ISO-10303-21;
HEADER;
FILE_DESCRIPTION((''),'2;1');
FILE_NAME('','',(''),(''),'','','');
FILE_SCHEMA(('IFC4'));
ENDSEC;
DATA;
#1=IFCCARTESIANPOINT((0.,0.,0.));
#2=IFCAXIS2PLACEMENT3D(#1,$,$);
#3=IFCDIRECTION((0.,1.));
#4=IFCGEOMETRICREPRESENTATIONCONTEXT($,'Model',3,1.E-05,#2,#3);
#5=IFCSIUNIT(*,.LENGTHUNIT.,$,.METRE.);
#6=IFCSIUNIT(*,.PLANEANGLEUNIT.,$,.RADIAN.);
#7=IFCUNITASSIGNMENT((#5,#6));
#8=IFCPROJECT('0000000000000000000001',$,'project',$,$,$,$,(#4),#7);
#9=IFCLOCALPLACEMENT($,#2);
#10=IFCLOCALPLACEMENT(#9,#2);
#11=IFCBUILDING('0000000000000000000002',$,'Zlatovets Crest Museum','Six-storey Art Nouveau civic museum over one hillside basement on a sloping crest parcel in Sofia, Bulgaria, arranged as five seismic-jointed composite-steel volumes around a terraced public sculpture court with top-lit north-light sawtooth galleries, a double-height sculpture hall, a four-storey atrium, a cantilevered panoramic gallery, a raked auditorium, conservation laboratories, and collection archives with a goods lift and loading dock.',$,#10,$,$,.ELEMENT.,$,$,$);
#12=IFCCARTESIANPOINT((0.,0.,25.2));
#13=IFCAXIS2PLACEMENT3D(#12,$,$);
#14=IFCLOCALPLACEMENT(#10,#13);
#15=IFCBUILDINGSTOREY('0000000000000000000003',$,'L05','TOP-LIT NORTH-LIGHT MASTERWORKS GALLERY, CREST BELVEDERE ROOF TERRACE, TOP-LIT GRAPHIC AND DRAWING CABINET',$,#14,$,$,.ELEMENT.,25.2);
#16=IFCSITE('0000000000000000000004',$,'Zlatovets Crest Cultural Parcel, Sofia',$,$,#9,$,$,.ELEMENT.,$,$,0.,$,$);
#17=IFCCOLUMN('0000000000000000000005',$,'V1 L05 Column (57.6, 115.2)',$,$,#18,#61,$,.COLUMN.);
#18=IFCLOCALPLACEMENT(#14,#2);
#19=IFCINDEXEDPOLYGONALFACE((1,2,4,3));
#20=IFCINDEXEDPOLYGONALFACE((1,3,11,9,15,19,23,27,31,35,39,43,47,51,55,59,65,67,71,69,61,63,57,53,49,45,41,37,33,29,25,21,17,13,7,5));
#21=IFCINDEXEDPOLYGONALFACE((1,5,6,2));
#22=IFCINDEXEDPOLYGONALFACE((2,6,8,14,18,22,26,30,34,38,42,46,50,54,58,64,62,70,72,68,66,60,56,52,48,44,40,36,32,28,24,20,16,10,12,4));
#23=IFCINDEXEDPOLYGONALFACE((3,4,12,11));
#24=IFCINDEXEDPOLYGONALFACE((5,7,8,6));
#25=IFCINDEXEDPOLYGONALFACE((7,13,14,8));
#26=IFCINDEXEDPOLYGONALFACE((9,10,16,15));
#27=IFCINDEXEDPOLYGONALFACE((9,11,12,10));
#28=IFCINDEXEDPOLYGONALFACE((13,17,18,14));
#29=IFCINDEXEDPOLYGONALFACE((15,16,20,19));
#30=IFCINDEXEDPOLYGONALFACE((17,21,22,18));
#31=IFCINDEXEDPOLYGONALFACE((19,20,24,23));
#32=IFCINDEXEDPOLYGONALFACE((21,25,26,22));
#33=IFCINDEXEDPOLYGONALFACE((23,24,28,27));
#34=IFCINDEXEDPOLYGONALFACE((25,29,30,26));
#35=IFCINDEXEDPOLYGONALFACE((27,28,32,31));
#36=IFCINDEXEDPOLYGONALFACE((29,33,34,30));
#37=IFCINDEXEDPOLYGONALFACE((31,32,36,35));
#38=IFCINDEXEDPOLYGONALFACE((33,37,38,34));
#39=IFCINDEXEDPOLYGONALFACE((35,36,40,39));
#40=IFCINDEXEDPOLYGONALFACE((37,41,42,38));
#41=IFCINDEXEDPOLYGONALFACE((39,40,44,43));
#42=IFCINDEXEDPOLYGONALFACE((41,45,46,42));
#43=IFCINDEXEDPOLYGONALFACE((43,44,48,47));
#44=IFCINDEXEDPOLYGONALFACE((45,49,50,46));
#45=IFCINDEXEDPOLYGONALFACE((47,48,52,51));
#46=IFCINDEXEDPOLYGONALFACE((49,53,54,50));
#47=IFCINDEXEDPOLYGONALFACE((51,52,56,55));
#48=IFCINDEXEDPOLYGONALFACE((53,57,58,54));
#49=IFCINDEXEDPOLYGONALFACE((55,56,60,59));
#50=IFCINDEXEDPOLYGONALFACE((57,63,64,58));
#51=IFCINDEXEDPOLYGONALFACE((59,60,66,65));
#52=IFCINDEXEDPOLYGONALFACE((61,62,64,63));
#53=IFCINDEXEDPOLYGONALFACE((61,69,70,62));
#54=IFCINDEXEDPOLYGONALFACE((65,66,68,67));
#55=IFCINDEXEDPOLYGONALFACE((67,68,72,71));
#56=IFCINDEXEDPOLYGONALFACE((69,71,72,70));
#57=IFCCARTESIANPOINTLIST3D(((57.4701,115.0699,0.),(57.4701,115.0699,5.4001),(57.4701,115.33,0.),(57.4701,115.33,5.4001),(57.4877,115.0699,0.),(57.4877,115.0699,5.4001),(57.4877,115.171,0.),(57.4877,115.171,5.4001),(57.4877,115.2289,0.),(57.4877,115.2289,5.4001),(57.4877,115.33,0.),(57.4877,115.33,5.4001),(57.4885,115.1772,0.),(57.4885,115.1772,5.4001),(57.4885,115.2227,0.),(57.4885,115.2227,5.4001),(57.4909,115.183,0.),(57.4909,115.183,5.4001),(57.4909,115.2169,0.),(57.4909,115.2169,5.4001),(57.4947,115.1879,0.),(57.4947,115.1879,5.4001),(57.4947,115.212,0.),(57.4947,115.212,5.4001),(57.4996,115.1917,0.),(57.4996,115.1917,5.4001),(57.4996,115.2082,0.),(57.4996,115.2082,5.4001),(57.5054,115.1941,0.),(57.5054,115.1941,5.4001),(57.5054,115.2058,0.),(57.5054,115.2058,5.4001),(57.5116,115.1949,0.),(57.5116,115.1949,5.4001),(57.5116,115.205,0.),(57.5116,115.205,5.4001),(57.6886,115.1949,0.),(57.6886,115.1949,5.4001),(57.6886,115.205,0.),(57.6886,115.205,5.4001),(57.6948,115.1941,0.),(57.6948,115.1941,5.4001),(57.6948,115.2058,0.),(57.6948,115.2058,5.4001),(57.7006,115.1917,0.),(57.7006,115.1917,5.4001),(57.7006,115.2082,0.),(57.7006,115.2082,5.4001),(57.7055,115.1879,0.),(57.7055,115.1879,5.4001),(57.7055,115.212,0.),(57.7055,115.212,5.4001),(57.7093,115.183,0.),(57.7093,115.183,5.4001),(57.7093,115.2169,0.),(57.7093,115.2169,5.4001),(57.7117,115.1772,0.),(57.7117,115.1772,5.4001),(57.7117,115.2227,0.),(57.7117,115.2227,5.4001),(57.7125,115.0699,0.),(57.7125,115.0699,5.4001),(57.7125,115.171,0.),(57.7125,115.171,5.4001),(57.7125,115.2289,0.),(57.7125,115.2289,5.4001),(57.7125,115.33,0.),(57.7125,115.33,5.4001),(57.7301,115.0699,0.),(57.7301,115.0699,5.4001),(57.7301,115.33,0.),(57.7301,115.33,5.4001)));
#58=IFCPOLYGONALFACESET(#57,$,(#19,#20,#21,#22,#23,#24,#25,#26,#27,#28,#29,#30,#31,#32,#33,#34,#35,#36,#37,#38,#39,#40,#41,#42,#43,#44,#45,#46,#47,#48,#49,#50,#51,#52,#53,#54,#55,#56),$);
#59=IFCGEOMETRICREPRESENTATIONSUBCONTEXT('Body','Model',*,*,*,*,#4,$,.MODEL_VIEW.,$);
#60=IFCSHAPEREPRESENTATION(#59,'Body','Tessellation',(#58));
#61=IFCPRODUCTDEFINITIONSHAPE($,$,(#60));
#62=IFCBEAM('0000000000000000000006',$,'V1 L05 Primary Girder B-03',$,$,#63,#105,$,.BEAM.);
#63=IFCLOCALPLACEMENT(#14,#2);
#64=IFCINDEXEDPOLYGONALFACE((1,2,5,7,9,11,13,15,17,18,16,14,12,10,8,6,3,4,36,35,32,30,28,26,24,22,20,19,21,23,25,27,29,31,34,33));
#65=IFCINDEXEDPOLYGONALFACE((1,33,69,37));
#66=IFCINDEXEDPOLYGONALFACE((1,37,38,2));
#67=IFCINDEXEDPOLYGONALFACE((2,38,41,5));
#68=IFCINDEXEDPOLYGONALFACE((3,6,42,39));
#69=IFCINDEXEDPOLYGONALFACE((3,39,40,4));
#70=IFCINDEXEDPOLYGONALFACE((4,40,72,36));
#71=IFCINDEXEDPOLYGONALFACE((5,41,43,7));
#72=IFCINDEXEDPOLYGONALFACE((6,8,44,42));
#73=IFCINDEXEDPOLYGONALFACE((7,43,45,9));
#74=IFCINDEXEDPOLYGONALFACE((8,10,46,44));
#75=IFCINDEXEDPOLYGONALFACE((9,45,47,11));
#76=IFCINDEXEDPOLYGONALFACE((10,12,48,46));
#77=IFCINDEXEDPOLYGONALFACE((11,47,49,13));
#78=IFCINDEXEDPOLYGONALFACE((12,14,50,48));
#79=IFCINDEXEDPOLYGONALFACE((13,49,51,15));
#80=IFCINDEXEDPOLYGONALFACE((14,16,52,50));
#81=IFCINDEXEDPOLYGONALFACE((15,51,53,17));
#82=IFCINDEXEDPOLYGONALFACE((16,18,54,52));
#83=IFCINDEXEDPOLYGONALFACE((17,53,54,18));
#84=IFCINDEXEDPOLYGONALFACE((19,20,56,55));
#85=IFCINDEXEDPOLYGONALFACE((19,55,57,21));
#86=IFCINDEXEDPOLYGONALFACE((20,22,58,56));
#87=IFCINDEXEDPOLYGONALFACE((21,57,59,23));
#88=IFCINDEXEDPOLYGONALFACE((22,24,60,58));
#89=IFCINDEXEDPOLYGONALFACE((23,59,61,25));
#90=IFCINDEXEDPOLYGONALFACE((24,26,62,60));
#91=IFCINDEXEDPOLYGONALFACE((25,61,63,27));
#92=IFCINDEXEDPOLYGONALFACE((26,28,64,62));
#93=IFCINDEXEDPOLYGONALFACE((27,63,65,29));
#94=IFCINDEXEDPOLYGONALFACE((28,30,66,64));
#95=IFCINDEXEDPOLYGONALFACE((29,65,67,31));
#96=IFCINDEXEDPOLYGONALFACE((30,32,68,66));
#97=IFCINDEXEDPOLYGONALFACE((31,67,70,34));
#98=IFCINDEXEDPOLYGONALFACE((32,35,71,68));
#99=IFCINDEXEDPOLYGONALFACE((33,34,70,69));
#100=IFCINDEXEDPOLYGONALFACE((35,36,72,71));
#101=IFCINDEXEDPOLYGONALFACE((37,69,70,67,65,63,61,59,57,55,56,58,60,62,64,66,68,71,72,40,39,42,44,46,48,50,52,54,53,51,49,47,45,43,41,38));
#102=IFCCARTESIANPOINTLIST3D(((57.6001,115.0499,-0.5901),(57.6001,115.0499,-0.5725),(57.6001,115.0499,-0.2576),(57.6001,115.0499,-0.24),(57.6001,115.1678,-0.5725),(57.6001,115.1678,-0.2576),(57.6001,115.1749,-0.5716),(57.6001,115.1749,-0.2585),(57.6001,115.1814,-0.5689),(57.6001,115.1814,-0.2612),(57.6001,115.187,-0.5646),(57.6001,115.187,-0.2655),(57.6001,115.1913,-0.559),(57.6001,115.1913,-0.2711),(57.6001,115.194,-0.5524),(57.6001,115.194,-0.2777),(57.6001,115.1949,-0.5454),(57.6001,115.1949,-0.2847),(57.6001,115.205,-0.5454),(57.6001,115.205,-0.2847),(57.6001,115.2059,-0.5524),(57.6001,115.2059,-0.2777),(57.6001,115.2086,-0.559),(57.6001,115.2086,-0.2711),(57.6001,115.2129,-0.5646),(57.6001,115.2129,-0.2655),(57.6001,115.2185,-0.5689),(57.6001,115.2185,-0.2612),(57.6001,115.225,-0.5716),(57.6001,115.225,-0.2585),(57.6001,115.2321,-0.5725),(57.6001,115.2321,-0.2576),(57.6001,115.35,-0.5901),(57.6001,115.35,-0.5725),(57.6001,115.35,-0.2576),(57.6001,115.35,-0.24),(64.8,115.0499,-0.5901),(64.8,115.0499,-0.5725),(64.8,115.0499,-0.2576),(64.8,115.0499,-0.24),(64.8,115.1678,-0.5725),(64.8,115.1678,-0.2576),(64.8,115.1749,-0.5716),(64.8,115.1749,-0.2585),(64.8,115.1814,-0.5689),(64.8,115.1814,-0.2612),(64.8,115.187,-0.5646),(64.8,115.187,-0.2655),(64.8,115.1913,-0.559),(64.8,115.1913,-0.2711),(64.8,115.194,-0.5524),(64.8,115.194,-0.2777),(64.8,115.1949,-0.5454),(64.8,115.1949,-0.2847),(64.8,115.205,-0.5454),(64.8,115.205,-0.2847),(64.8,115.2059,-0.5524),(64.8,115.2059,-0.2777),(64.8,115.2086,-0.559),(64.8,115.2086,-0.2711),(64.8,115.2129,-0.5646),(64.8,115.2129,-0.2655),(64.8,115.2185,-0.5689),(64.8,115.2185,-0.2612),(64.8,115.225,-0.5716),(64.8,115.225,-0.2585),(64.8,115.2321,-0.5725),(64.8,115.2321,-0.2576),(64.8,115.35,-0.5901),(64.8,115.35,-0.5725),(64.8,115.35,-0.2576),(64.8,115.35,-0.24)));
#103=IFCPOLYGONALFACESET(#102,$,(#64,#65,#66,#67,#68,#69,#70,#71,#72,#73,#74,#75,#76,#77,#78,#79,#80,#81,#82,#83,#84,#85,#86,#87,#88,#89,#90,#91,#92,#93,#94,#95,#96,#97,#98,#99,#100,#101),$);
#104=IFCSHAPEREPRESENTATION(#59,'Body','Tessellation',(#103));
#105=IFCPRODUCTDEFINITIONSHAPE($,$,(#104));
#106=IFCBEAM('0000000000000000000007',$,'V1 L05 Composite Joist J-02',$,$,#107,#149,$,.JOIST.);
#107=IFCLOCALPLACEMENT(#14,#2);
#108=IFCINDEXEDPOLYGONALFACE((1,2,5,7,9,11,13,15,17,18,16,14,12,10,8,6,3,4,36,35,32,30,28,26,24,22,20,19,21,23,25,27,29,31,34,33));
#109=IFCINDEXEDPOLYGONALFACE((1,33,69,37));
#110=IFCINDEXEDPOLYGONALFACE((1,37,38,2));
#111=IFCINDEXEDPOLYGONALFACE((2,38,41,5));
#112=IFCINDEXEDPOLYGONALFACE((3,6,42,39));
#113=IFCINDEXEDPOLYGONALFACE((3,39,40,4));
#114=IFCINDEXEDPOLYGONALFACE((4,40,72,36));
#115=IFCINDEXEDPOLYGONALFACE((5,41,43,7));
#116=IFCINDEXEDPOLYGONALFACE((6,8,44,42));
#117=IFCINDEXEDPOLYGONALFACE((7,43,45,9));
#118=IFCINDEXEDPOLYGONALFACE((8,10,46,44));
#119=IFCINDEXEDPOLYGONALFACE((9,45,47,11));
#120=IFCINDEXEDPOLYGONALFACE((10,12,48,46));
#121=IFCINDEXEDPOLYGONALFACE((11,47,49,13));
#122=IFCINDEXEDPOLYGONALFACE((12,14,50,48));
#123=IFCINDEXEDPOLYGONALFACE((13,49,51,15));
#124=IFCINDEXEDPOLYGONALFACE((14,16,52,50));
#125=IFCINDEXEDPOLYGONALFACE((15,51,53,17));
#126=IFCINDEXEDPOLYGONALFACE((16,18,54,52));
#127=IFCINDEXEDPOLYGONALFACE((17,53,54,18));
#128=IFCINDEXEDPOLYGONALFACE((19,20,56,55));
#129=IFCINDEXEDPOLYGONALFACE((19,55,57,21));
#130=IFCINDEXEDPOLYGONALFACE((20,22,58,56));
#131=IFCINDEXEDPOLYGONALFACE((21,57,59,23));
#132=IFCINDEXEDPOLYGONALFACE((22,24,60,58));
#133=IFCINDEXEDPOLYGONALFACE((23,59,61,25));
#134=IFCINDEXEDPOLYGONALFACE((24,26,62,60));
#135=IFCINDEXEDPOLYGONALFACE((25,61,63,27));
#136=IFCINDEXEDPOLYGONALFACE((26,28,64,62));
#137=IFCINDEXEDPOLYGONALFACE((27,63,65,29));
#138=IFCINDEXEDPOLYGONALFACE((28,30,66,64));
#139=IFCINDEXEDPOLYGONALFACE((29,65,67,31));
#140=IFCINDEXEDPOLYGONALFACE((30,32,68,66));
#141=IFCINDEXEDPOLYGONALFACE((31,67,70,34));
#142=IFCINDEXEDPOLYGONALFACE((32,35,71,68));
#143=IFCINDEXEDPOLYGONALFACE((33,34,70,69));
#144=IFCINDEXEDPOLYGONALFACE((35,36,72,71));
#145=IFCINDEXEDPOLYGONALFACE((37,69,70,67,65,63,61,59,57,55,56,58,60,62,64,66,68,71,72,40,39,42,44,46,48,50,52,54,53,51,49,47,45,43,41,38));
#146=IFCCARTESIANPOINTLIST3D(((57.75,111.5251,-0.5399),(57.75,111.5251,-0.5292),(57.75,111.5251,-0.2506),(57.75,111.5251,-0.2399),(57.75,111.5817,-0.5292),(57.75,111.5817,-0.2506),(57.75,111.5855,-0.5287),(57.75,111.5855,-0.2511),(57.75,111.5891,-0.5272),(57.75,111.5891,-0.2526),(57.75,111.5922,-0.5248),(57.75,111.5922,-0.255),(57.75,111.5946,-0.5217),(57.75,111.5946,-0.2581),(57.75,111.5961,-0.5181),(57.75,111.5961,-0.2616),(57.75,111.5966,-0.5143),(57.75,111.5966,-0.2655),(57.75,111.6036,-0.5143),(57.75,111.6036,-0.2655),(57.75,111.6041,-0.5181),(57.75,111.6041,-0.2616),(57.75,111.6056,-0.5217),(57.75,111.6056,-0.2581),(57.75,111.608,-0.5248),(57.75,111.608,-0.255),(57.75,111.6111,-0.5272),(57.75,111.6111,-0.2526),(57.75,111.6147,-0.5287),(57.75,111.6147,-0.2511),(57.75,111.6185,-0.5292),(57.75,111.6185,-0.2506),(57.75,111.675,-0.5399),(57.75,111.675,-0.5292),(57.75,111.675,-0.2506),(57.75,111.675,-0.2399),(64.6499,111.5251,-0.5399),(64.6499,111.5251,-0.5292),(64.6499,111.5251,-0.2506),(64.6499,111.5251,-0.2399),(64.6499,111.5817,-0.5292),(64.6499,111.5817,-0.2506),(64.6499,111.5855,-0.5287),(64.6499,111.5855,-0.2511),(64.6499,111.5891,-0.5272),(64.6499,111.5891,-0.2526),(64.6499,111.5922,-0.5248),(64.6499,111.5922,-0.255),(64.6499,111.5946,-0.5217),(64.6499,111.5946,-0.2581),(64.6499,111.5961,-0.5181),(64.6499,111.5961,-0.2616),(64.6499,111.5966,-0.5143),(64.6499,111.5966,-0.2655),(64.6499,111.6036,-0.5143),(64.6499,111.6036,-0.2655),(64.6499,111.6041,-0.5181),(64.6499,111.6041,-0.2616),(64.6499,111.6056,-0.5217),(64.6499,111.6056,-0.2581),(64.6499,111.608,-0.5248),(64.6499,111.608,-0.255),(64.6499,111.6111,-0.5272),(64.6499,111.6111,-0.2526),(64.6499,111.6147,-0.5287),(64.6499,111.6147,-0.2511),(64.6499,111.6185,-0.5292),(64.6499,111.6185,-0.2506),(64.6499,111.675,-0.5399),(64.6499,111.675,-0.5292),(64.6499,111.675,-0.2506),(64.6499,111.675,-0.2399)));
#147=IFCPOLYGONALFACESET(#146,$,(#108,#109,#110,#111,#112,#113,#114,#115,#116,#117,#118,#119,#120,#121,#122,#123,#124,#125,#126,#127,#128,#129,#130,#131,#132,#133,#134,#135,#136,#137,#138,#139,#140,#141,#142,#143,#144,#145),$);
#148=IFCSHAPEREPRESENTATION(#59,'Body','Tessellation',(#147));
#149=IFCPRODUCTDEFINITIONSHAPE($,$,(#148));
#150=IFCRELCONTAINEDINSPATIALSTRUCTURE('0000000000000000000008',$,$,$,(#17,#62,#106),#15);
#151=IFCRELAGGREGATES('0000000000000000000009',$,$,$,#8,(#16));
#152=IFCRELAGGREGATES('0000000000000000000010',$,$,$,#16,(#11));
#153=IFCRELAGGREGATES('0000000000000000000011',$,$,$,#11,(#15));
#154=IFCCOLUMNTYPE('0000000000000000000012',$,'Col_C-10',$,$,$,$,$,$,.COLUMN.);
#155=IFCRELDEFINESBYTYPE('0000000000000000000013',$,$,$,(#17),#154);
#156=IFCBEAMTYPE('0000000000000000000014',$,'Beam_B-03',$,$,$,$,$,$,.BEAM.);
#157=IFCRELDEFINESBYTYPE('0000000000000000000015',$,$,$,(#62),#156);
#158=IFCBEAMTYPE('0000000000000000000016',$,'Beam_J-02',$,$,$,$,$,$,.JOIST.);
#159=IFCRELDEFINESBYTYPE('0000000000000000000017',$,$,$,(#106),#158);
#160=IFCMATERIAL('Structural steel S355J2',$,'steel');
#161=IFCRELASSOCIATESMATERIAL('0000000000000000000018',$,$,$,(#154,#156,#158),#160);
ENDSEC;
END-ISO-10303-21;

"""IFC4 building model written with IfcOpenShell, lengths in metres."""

from ifc_helpers import new_model, si_unit, direction, frame, origin, origin_2d, place, context, subcontext, project, spatial, i_section, extrude, material, material_profile, profile_set, type_object, element, save


model = new_model("IFC4")

# Units and contexts
model_context = context("Model", 3, precision=1e-05, world=origin(), true_north=direction((0.0, 1.0)))
body_context = subcontext(model_context, "Body", "Model", "MODEL_VIEW")
ifc_project = project(units=[si_unit("LENGTHUNIT", "METRE"), si_unit("PLANEANGLEUNIT", "RADIAN")], contexts=[model_context])

# Site, building, storey
site_placement = place(None, origin())
site = spatial("IfcSite", under=ifc_project, at=site_placement, Name="Zlatovets Crest Cultural Parcel, Sofia", CompositionType="ELEMENT", RefElevation=0.0)
building_placement = place(site_placement, origin())
building = spatial("IfcBuilding", under=site, at=building_placement, Name="Zlatovets Crest Museum", Description="Six-storey Art Nouveau civic museum over one hillside basement on a sloping crest parcel in Sofia, Bulgaria, arranged as five seismic-jointed composite-steel volumes around a terraced public sculpture court with top-lit north-light sawtooth galleries, a double-height sculpture hall, a four-storey atrium, a cantilevered panoramic gallery, a raked auditorium, conservation laboratories, and collection archives with a goods lift and loading dock.", CompositionType="ELEMENT")
storey_placement = place(building_placement, frame((0.0, 0.0, 25.2)))
storey = spatial("IfcBuildingStorey", under=building, at=storey_placement, Name="L05", Description="TOP-LIT NORTH-LIGHT MASTERWORKS GALLERY, CREST BELVEDERE ROOF TERRACE, TOP-LIT GRAPHIC AND DRAWING CABINET", CompositionType="ELEMENT", Elevation=25.2)

# Column
ifc_material_1 = material(Name="Structural steel S355J2", Category="steel")
ifc_material_profile_1 = material_profile(ifc_material_1, i_section(OverallWidth=0.26, OverallDepth=0.26, WebThickness=0.01, FlangeThickness=0.0176, FilletRadius=0.0239, at=origin_2d()), Name="HEB 260")
ifc_profile_set_1 = profile_set([ifc_material_profile_1], Name="Structural steel S355J2")
column_type = type_object("IfcColumnType", Name="Col_C-10", PredefinedType="COLUMN", material=ifc_profile_set_1)
column_placement = place(storey_placement, frame((57.6001, 115.2, 0.0), z_axis=(0.0, 0.0, 1.0), x_axis=(0.0, 1.0, 0.0)))
element("IfcColumn", 1, at=column_placement, inside=storey, type_object=column_type, Name="V1 L05 Column (57.6, 115.2)", PredefinedType="COLUMN", context=body_context, shape_type="SweptSolid", body=[
    extrude(i_section(OverallWidth=0.26, OverallDepth=0.26, WebThickness=0.01, FlangeThickness=0.0176, FilletRadius=0.0239, at=origin_2d()), origin(), (0.0, 0.0, 1.0), 5.4001),
])

# Beams
ifc_material_profile_2 = material_profile(ifc_material_1, i_section(OverallWidth=0.3, OverallDepth=0.3501, WebThickness=0.01, FlangeThickness=0.0176, FilletRadius=0.0271, at=origin_2d()), Name="HEA 360")
ifc_profile_set_2 = profile_set([ifc_material_profile_2], Name="Structural steel S355J2")
beam_type_1 = type_object("IfcBeamType", Name="Beam_B-03", PredefinedType="BEAM", material=ifc_profile_set_2)
beam_1_placement = place(storey_placement, frame((57.6001, 115.2, -0.415), z_axis=(1.0, 0.0, 0.0), x_axis=(0.0, 1.0, 0.0)))
element("IfcBeam", 2, at=beam_1_placement, inside=storey, type_object=beam_type_1, Name="V1 L05 Primary Girder B-03", PredefinedType="BEAM", context=body_context, shape_type="SweptSolid", body=[
    extrude(i_section(OverallWidth=0.3, OverallDepth=0.3501, WebThickness=0.01, FlangeThickness=0.0176, FilletRadius=0.0271, at=origin_2d()), origin(), (0.0, 0.0, 1.0), 7.2),
])
ifc_material_profile_3 = material_profile(ifc_material_1, i_section(OverallWidth=0.1499, OverallDepth=0.3, WebThickness=0.0071, FlangeThickness=0.0107, FilletRadius=0.0149, at=origin_2d()), Name="IPE 300")
ifc_profile_set_3 = profile_set([ifc_material_profile_3], Name="Structural steel S355J2")
beam_type_2 = type_object("IfcBeamType", Name="Beam_J-02", PredefinedType="JOIST", material=ifc_profile_set_3)
beam_2_placement = place(storey_placement, frame((57.75, 111.6001, -0.3899), z_axis=(1.0, 0.0, 0.0), x_axis=(0.0, 1.0, 0.0)))
element("IfcBeam", 3, at=beam_2_placement, inside=storey, type_object=beam_type_2, Name="V1 L05 Composite Joist J-02", PredefinedType="JOIST", context=body_context, shape_type="SweptSolid", body=[
    extrude(i_section(OverallWidth=0.1499, OverallDepth=0.3, WebThickness=0.0071, FlangeThickness=0.0107, FilletRadius=0.0149, at=origin_2d()), origin(), (0.0, 0.0, 1.0), 6.8999),
])

save(model, "model.ifc")
